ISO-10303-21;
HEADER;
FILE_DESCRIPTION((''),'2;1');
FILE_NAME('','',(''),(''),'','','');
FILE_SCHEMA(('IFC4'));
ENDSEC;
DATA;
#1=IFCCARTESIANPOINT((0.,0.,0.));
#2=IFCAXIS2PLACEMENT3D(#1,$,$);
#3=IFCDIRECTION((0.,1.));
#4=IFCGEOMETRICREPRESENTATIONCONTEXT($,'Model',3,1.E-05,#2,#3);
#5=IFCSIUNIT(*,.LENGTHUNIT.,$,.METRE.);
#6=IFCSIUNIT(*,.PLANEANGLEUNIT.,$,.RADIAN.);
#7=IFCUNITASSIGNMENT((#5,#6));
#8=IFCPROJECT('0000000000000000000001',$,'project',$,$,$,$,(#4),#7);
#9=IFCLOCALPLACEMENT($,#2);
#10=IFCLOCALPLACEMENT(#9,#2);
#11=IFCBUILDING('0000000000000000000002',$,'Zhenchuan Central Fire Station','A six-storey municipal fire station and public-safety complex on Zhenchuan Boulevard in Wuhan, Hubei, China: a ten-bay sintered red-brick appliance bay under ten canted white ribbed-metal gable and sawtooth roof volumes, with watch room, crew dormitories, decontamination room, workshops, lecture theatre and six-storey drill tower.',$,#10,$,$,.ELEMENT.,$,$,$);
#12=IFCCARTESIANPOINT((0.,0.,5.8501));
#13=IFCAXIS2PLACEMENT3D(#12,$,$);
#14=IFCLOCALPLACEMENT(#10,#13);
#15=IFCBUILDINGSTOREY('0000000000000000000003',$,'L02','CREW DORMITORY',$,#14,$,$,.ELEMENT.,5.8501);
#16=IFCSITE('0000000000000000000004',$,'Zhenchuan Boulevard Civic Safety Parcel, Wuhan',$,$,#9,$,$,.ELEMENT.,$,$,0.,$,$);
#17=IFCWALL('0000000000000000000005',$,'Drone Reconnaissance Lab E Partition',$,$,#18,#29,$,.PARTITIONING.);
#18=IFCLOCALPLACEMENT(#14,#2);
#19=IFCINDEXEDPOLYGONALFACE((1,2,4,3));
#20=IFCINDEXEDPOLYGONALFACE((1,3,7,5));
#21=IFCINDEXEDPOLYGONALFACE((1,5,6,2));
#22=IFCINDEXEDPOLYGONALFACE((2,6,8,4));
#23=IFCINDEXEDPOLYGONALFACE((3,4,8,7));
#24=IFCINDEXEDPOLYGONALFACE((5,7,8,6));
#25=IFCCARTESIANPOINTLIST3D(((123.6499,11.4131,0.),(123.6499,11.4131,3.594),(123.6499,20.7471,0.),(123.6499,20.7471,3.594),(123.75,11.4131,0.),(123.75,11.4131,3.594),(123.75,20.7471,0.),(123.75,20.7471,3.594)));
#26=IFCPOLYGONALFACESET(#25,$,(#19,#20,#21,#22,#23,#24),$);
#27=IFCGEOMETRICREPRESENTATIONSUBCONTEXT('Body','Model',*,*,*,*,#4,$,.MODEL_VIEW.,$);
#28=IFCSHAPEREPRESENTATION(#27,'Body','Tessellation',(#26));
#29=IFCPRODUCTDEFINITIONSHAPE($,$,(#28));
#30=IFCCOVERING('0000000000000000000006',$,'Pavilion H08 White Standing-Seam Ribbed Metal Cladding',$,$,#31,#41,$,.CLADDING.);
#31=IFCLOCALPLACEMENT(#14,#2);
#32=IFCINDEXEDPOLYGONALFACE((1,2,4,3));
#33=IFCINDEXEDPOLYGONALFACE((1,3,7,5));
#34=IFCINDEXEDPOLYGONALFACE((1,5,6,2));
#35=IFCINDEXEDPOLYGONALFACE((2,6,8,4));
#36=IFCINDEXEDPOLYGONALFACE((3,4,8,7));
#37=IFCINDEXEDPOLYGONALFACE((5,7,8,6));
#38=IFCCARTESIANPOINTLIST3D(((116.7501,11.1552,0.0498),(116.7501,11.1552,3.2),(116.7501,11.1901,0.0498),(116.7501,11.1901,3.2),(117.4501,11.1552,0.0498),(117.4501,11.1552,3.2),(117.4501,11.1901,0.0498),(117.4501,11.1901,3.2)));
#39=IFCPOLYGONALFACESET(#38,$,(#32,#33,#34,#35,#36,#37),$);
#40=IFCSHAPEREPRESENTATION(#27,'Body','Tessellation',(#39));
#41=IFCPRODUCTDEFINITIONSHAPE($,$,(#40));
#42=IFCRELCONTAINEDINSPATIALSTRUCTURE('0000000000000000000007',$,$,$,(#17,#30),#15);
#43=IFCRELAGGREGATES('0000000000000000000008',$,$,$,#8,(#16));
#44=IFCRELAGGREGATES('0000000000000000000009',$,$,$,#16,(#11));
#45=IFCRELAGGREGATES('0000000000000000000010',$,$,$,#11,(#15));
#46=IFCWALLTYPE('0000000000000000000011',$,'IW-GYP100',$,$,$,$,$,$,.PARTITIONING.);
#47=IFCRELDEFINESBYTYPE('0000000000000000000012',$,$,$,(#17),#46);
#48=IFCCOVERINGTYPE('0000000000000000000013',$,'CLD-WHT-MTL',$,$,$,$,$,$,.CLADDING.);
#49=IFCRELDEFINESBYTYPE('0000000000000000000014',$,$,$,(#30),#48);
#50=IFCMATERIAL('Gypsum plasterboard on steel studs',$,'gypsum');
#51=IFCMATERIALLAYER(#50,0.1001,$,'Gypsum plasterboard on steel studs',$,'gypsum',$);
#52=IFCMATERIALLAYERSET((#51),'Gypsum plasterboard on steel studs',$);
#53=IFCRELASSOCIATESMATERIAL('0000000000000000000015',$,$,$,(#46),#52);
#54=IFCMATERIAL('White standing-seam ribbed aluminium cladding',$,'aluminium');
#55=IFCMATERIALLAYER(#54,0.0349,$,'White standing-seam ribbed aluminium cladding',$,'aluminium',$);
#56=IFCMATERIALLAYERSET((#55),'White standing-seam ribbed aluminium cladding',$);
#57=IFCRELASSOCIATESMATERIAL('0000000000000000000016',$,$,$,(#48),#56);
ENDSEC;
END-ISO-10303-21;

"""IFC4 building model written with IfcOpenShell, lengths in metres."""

from ifc_helpers import new_model, si_unit, direction, frame, frame_2d, origin, place, context, subcontext, project, spatial, rectangle, extrude, material, layer, layer_set, type_object, element, save


model = new_model("IFC4")

# Units and contexts
model_context = context("Model", 3, precision=1e-05, world=origin(), true_north=direction((0.0, 1.0)))
body_context = subcontext(model_context, "Body", "Model", "MODEL_VIEW")
ifc_project = project(units=[si_unit("LENGTHUNIT", "METRE"), si_unit("PLANEANGLEUNIT", "RADIAN")], contexts=[model_context])

# Site, building, storey
site_placement = place(None, origin())
site = spatial("IfcSite", under=ifc_project, at=site_placement, Name="Zhenchuan Boulevard Civic Safety Parcel, Wuhan", CompositionType="ELEMENT", RefElevation=0.0)
building_placement = place(site_placement, origin())
building = spatial("IfcBuilding", under=site, at=building_placement, Name="Zhenchuan Central Fire Station", Description="A six-storey municipal fire station and public-safety complex on Zhenchuan Boulevard in Wuhan, Hubei, China: a ten-bay sintered red-brick appliance bay under ten canted white ribbed-metal gable and sawtooth roof volumes, with watch room, crew dormitories, decontamination room, workshops, lecture theatre and six-storey drill tower.", CompositionType="ELEMENT")
storey_placement = place(building_placement, frame((0.0, 0.0, 5.8501)))
storey = spatial("IfcBuildingStorey", under=building, at=storey_placement, Name="L02", Description="CREW DORMITORY", CompositionType="ELEMENT", Elevation=5.8501)

# Wall
ifc_material_1 = material(Name="Gypsum plasterboard on steel studs", Category="gypsum")
ifc_layer_1 = layer(ifc_material_1, 0.1001, Name="Gypsum plasterboard on steel studs", Category="gypsum")
ifc_layer_set_1 = layer_set([ifc_layer_1], Name="Gypsum plasterboard on steel studs")
wall_type_1 = type_object("IfcWallType", Name="IW-GYP100", PredefinedType="PARTITIONING", material=ifc_layer_set_1)
wall_1_placement = place(storey_placement, frame((123.7, 11.4131, 0.0), z_axis=(0.0, 0.0, 1.0), x_axis=(0.0, 1.0, 0.0)))
element("IfcWall", 1, at=wall_1_placement, inside=storey, type_object=wall_type_1, Name="Drone Reconnaissance Lab E Partition", PredefinedType="PARTITIONING", context=body_context, shape_type="SweptSolid", body=[
    extrude(rectangle(XDim=9.334, YDim=0.1001, at=frame_2d((4.667, 0.0))), origin(), (0.0, 0.0, 1.0), 3.594),
])

# Covering
ifc_material_2 = material(Name="White standing-seam ribbed aluminium cladding", Category="aluminium")
ifc_layer_2 = layer(ifc_material_2, 0.0349, Name="White standing-seam ribbed aluminium cladding", Category="aluminium")
ifc_layer_set_2 = layer_set([ifc_layer_2], Name="White standing-seam ribbed aluminium cladding")
covering_type = type_object("IfcCoveringType", Name="CLD-WHT-MTL", PredefinedType="CLADDING", material=ifc_layer_set_2)
covering_placement = place(storey_placement, frame((116.75, 11.1726, 0.0498), z_axis=(0.0, 0.0, 1.0), x_axis=(1.0, 0.0, 0.0)))
element("IfcCovering", 2, at=covering_placement, inside=storey, type_object=covering_type, Name="Pavilion H08 White Standing-Seam Ribbed Metal Cladding", PredefinedType="CLADDING", context=body_context, shape_type="SweptSolid", body=[
    extrude(rectangle(XDim=0.7, YDim=0.0349, at=frame_2d((0.3501, 0.0))), origin(), (0.0, 0.0, 1.0), 3.1501),
])

save(model, "model.ifc")
